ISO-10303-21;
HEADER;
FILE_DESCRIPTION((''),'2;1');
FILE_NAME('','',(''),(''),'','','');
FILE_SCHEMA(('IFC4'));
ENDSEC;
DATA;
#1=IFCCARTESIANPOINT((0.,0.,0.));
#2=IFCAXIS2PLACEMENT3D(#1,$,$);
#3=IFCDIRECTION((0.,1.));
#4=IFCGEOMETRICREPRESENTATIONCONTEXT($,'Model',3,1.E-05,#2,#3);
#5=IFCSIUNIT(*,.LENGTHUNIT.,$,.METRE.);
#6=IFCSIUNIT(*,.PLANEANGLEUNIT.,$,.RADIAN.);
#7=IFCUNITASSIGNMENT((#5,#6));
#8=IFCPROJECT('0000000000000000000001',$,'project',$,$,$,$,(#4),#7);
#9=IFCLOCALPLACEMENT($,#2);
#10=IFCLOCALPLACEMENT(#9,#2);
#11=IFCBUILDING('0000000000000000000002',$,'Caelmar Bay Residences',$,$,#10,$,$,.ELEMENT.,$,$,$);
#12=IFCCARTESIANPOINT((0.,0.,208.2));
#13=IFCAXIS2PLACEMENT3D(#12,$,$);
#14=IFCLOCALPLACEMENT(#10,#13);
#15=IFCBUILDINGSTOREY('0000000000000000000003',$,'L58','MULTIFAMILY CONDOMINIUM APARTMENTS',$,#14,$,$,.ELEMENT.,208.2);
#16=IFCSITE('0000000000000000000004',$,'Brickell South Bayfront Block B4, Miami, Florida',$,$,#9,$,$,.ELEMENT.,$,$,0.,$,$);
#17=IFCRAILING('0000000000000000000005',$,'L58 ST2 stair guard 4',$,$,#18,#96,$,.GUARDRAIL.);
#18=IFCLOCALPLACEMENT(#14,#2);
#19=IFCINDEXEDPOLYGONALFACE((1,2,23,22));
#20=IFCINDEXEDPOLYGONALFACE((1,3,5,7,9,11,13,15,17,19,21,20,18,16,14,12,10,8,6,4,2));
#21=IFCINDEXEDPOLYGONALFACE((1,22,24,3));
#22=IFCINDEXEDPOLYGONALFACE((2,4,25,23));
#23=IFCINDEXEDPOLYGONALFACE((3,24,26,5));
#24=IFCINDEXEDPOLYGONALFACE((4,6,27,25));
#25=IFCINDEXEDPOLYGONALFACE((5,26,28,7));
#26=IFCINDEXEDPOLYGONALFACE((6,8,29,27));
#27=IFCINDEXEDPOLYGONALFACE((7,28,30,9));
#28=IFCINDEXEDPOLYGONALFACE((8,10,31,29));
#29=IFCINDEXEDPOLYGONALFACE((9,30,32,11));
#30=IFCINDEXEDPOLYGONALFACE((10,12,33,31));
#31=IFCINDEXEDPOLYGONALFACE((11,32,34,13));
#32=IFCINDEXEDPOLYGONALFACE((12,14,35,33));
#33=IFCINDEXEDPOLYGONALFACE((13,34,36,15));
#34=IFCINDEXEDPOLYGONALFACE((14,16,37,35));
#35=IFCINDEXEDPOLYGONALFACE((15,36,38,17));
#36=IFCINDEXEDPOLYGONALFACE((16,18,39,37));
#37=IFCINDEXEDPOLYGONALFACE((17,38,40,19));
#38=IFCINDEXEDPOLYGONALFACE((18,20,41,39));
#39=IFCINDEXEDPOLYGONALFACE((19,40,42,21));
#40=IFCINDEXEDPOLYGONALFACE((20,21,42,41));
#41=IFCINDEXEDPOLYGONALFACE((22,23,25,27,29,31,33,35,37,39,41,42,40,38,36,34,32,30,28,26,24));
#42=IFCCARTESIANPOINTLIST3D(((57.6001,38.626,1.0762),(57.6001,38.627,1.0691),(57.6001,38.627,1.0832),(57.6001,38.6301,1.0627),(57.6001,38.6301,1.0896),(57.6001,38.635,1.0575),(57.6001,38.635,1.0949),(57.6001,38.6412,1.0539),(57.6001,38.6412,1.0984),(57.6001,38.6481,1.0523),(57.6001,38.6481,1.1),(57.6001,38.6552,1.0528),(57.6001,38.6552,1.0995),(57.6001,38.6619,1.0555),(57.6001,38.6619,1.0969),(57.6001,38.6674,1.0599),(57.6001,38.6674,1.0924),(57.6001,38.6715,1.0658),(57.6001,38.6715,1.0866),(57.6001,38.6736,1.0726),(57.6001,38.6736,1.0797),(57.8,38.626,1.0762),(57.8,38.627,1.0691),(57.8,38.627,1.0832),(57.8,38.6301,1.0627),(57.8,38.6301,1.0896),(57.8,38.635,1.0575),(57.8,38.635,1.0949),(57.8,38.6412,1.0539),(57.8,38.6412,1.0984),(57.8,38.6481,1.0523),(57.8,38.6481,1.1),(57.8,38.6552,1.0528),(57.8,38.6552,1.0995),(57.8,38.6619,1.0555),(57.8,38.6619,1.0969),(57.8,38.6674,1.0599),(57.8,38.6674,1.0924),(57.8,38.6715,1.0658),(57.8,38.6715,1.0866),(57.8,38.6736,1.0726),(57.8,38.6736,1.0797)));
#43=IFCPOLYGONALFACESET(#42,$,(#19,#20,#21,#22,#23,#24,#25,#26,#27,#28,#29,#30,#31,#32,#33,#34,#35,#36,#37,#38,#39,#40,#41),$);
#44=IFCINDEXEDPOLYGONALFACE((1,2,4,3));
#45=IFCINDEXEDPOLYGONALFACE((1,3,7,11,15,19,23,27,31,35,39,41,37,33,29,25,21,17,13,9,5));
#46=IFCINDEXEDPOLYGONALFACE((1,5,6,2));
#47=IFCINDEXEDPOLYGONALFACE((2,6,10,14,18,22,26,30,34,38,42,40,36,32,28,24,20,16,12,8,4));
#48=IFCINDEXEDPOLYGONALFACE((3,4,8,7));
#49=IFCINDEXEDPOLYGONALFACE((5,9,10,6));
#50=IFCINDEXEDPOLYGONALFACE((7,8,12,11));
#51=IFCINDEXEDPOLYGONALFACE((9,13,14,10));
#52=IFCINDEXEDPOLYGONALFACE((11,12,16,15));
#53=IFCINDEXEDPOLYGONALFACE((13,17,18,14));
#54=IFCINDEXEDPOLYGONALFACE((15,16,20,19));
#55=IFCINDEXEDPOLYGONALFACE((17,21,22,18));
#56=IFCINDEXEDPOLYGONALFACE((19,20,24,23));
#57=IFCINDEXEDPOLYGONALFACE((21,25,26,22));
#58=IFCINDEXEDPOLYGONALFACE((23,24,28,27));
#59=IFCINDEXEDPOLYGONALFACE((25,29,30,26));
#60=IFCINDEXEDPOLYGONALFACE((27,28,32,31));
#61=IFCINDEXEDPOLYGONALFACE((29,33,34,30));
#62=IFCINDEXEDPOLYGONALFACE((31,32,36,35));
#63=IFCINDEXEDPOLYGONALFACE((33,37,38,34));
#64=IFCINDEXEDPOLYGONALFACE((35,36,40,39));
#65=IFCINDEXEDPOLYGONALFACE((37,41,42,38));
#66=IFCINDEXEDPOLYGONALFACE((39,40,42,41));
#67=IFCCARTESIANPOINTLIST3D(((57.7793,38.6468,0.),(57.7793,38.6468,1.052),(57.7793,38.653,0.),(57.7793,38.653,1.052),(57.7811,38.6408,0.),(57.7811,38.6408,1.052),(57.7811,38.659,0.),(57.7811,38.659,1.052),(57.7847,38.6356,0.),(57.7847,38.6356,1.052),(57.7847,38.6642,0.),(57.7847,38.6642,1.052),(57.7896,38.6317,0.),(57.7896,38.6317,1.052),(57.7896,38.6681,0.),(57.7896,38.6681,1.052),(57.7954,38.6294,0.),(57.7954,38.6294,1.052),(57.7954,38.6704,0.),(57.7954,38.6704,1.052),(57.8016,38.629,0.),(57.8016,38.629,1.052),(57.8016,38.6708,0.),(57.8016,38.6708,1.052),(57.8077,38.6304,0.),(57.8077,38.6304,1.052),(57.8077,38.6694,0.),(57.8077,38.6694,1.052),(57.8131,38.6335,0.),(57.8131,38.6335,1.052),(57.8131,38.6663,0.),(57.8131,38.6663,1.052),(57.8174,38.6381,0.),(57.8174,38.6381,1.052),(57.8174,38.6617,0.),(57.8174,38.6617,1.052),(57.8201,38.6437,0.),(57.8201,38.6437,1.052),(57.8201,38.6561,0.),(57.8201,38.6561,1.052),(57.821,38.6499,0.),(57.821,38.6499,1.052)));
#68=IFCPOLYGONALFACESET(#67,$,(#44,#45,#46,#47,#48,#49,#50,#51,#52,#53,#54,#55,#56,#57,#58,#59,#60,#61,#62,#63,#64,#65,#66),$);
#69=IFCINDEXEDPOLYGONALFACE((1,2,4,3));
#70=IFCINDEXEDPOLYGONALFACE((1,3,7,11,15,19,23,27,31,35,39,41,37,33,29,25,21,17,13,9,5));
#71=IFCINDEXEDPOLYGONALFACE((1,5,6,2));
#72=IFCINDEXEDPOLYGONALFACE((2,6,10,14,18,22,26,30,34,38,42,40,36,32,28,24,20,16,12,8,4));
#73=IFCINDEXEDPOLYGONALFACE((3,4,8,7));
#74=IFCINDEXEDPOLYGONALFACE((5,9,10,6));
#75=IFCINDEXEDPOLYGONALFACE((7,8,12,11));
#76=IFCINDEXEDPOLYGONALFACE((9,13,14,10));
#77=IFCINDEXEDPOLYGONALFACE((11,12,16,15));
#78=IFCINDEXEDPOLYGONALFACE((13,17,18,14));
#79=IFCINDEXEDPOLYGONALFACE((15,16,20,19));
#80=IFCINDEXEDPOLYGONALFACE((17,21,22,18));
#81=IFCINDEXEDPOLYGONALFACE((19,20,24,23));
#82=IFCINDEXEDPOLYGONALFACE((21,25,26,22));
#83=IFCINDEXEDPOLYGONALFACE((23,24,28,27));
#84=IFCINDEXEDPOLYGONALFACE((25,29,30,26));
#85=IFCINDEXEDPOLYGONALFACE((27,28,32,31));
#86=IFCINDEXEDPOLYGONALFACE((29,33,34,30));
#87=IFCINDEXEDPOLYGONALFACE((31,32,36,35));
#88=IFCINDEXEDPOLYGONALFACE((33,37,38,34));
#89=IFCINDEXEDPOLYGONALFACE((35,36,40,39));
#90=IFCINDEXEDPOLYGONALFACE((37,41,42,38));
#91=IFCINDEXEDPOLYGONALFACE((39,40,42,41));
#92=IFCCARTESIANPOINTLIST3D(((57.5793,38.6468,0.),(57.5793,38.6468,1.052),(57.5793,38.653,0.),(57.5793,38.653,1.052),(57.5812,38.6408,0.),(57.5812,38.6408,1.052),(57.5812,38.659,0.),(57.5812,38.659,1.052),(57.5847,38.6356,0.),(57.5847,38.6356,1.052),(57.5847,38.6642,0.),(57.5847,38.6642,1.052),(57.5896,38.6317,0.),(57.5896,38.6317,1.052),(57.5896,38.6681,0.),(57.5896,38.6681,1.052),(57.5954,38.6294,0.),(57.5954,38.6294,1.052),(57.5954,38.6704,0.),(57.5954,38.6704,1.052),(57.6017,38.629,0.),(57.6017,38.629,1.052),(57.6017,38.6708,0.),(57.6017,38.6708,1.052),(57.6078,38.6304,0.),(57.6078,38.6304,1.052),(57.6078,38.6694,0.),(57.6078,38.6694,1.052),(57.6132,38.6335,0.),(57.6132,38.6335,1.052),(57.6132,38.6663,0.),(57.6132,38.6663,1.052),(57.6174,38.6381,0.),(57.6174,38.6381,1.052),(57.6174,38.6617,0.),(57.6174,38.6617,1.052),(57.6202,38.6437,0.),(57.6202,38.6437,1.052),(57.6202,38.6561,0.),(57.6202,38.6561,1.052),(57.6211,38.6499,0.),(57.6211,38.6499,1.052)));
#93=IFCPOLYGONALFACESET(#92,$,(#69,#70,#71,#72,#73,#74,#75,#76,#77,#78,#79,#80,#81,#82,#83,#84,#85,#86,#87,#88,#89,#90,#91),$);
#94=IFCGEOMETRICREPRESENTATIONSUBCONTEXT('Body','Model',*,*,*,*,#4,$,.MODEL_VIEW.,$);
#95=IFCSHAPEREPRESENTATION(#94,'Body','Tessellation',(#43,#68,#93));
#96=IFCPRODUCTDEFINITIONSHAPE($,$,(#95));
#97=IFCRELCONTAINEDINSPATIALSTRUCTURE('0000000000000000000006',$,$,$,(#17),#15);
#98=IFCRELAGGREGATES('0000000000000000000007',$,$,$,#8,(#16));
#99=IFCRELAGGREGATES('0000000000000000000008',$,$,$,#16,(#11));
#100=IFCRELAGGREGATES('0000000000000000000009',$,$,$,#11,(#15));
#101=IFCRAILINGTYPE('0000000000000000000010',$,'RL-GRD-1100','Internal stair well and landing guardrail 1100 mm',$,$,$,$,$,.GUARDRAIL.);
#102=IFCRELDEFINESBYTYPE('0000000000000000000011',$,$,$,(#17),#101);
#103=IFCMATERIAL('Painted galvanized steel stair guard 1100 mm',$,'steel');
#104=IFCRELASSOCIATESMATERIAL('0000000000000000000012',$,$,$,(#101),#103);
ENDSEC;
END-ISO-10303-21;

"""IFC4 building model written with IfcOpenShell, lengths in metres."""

from ifc_helpers import new_model, si_unit, direction, frame, origin, origin_2d, place, context, subcontext, project, spatial, circle, extrude, material, type_object, element, save


model = new_model("IFC4")

# Units and contexts
model_context = context("Model", 3, precision=1e-05, world=origin(), true_north=direction((0.0, 1.0)))
body_context = subcontext(model_context, "Body", "Model", "MODEL_VIEW")
ifc_project = project(units=[si_unit("LENGTHUNIT", "METRE"), si_unit("PLANEANGLEUNIT", "RADIAN")], contexts=[model_context])

# Site, building, storey
site_placement = place(None, origin())
site = spatial("IfcSite", under=ifc_project, at=site_placement, Name="Brickell South Bayfront Block B4, Miami, Florida", CompositionType="ELEMENT", RefElevation=0.0)
building_placement = place(site_placement, origin())
building = spatial("IfcBuilding", under=site, at=building_placement, Name="Caelmar Bay Residences", CompositionType="ELEMENT")
storey_placement = place(building_placement, frame((0.0, 0.0, 208.2)))
storey = spatial("IfcBuildingStorey", under=building, at=storey_placement, Name="L58", Description="MULTIFAMILY CONDOMINIUM APARTMENTS", CompositionType="ELEMENT", Elevation=208.2)

# Railing
ifc_material_1 = material(Name="Painted galvanized steel stair guard 1100 mm", Category="steel")
railing_type_1 = type_object("IfcRailingType", Name="RL-GRD-1100", Description="Internal stair well and landing guardrail 1100 mm", PredefinedType="GUARDRAIL", material=ifc_material_1)
railing_1_placement = place(storey_placement, frame((57.8, 38.6499, 0.0)))
element("IfcRailing", 1, at=railing_1_placement, inside=storey, type_object=railing_type_1, Name="L58 ST2 stair guard 4", PredefinedType="GUARDRAIL", context=body_context, shape_type="SweptSolid", body=[
    extrude(circle(Radius=0.0239, at=origin_2d()), frame((0.0, 0.0, 1.0762), z_axis=(-1.0, 0.0, 0.0), x_axis=(0.0, -1.0, 0.0)), (0.0, 0.0, 1.0), 0.2),
    extrude(circle(Radius=0.021, at=origin_2d()), origin(), (0.0, 0.0, 1.0), 1.052),
    extrude(circle(Radius=0.021, at=origin_2d()), frame((-0.2, 0.0, 0.0)), (0.0, 0.0, 1.0), 1.052),
])

save(model, "model.ifc")
